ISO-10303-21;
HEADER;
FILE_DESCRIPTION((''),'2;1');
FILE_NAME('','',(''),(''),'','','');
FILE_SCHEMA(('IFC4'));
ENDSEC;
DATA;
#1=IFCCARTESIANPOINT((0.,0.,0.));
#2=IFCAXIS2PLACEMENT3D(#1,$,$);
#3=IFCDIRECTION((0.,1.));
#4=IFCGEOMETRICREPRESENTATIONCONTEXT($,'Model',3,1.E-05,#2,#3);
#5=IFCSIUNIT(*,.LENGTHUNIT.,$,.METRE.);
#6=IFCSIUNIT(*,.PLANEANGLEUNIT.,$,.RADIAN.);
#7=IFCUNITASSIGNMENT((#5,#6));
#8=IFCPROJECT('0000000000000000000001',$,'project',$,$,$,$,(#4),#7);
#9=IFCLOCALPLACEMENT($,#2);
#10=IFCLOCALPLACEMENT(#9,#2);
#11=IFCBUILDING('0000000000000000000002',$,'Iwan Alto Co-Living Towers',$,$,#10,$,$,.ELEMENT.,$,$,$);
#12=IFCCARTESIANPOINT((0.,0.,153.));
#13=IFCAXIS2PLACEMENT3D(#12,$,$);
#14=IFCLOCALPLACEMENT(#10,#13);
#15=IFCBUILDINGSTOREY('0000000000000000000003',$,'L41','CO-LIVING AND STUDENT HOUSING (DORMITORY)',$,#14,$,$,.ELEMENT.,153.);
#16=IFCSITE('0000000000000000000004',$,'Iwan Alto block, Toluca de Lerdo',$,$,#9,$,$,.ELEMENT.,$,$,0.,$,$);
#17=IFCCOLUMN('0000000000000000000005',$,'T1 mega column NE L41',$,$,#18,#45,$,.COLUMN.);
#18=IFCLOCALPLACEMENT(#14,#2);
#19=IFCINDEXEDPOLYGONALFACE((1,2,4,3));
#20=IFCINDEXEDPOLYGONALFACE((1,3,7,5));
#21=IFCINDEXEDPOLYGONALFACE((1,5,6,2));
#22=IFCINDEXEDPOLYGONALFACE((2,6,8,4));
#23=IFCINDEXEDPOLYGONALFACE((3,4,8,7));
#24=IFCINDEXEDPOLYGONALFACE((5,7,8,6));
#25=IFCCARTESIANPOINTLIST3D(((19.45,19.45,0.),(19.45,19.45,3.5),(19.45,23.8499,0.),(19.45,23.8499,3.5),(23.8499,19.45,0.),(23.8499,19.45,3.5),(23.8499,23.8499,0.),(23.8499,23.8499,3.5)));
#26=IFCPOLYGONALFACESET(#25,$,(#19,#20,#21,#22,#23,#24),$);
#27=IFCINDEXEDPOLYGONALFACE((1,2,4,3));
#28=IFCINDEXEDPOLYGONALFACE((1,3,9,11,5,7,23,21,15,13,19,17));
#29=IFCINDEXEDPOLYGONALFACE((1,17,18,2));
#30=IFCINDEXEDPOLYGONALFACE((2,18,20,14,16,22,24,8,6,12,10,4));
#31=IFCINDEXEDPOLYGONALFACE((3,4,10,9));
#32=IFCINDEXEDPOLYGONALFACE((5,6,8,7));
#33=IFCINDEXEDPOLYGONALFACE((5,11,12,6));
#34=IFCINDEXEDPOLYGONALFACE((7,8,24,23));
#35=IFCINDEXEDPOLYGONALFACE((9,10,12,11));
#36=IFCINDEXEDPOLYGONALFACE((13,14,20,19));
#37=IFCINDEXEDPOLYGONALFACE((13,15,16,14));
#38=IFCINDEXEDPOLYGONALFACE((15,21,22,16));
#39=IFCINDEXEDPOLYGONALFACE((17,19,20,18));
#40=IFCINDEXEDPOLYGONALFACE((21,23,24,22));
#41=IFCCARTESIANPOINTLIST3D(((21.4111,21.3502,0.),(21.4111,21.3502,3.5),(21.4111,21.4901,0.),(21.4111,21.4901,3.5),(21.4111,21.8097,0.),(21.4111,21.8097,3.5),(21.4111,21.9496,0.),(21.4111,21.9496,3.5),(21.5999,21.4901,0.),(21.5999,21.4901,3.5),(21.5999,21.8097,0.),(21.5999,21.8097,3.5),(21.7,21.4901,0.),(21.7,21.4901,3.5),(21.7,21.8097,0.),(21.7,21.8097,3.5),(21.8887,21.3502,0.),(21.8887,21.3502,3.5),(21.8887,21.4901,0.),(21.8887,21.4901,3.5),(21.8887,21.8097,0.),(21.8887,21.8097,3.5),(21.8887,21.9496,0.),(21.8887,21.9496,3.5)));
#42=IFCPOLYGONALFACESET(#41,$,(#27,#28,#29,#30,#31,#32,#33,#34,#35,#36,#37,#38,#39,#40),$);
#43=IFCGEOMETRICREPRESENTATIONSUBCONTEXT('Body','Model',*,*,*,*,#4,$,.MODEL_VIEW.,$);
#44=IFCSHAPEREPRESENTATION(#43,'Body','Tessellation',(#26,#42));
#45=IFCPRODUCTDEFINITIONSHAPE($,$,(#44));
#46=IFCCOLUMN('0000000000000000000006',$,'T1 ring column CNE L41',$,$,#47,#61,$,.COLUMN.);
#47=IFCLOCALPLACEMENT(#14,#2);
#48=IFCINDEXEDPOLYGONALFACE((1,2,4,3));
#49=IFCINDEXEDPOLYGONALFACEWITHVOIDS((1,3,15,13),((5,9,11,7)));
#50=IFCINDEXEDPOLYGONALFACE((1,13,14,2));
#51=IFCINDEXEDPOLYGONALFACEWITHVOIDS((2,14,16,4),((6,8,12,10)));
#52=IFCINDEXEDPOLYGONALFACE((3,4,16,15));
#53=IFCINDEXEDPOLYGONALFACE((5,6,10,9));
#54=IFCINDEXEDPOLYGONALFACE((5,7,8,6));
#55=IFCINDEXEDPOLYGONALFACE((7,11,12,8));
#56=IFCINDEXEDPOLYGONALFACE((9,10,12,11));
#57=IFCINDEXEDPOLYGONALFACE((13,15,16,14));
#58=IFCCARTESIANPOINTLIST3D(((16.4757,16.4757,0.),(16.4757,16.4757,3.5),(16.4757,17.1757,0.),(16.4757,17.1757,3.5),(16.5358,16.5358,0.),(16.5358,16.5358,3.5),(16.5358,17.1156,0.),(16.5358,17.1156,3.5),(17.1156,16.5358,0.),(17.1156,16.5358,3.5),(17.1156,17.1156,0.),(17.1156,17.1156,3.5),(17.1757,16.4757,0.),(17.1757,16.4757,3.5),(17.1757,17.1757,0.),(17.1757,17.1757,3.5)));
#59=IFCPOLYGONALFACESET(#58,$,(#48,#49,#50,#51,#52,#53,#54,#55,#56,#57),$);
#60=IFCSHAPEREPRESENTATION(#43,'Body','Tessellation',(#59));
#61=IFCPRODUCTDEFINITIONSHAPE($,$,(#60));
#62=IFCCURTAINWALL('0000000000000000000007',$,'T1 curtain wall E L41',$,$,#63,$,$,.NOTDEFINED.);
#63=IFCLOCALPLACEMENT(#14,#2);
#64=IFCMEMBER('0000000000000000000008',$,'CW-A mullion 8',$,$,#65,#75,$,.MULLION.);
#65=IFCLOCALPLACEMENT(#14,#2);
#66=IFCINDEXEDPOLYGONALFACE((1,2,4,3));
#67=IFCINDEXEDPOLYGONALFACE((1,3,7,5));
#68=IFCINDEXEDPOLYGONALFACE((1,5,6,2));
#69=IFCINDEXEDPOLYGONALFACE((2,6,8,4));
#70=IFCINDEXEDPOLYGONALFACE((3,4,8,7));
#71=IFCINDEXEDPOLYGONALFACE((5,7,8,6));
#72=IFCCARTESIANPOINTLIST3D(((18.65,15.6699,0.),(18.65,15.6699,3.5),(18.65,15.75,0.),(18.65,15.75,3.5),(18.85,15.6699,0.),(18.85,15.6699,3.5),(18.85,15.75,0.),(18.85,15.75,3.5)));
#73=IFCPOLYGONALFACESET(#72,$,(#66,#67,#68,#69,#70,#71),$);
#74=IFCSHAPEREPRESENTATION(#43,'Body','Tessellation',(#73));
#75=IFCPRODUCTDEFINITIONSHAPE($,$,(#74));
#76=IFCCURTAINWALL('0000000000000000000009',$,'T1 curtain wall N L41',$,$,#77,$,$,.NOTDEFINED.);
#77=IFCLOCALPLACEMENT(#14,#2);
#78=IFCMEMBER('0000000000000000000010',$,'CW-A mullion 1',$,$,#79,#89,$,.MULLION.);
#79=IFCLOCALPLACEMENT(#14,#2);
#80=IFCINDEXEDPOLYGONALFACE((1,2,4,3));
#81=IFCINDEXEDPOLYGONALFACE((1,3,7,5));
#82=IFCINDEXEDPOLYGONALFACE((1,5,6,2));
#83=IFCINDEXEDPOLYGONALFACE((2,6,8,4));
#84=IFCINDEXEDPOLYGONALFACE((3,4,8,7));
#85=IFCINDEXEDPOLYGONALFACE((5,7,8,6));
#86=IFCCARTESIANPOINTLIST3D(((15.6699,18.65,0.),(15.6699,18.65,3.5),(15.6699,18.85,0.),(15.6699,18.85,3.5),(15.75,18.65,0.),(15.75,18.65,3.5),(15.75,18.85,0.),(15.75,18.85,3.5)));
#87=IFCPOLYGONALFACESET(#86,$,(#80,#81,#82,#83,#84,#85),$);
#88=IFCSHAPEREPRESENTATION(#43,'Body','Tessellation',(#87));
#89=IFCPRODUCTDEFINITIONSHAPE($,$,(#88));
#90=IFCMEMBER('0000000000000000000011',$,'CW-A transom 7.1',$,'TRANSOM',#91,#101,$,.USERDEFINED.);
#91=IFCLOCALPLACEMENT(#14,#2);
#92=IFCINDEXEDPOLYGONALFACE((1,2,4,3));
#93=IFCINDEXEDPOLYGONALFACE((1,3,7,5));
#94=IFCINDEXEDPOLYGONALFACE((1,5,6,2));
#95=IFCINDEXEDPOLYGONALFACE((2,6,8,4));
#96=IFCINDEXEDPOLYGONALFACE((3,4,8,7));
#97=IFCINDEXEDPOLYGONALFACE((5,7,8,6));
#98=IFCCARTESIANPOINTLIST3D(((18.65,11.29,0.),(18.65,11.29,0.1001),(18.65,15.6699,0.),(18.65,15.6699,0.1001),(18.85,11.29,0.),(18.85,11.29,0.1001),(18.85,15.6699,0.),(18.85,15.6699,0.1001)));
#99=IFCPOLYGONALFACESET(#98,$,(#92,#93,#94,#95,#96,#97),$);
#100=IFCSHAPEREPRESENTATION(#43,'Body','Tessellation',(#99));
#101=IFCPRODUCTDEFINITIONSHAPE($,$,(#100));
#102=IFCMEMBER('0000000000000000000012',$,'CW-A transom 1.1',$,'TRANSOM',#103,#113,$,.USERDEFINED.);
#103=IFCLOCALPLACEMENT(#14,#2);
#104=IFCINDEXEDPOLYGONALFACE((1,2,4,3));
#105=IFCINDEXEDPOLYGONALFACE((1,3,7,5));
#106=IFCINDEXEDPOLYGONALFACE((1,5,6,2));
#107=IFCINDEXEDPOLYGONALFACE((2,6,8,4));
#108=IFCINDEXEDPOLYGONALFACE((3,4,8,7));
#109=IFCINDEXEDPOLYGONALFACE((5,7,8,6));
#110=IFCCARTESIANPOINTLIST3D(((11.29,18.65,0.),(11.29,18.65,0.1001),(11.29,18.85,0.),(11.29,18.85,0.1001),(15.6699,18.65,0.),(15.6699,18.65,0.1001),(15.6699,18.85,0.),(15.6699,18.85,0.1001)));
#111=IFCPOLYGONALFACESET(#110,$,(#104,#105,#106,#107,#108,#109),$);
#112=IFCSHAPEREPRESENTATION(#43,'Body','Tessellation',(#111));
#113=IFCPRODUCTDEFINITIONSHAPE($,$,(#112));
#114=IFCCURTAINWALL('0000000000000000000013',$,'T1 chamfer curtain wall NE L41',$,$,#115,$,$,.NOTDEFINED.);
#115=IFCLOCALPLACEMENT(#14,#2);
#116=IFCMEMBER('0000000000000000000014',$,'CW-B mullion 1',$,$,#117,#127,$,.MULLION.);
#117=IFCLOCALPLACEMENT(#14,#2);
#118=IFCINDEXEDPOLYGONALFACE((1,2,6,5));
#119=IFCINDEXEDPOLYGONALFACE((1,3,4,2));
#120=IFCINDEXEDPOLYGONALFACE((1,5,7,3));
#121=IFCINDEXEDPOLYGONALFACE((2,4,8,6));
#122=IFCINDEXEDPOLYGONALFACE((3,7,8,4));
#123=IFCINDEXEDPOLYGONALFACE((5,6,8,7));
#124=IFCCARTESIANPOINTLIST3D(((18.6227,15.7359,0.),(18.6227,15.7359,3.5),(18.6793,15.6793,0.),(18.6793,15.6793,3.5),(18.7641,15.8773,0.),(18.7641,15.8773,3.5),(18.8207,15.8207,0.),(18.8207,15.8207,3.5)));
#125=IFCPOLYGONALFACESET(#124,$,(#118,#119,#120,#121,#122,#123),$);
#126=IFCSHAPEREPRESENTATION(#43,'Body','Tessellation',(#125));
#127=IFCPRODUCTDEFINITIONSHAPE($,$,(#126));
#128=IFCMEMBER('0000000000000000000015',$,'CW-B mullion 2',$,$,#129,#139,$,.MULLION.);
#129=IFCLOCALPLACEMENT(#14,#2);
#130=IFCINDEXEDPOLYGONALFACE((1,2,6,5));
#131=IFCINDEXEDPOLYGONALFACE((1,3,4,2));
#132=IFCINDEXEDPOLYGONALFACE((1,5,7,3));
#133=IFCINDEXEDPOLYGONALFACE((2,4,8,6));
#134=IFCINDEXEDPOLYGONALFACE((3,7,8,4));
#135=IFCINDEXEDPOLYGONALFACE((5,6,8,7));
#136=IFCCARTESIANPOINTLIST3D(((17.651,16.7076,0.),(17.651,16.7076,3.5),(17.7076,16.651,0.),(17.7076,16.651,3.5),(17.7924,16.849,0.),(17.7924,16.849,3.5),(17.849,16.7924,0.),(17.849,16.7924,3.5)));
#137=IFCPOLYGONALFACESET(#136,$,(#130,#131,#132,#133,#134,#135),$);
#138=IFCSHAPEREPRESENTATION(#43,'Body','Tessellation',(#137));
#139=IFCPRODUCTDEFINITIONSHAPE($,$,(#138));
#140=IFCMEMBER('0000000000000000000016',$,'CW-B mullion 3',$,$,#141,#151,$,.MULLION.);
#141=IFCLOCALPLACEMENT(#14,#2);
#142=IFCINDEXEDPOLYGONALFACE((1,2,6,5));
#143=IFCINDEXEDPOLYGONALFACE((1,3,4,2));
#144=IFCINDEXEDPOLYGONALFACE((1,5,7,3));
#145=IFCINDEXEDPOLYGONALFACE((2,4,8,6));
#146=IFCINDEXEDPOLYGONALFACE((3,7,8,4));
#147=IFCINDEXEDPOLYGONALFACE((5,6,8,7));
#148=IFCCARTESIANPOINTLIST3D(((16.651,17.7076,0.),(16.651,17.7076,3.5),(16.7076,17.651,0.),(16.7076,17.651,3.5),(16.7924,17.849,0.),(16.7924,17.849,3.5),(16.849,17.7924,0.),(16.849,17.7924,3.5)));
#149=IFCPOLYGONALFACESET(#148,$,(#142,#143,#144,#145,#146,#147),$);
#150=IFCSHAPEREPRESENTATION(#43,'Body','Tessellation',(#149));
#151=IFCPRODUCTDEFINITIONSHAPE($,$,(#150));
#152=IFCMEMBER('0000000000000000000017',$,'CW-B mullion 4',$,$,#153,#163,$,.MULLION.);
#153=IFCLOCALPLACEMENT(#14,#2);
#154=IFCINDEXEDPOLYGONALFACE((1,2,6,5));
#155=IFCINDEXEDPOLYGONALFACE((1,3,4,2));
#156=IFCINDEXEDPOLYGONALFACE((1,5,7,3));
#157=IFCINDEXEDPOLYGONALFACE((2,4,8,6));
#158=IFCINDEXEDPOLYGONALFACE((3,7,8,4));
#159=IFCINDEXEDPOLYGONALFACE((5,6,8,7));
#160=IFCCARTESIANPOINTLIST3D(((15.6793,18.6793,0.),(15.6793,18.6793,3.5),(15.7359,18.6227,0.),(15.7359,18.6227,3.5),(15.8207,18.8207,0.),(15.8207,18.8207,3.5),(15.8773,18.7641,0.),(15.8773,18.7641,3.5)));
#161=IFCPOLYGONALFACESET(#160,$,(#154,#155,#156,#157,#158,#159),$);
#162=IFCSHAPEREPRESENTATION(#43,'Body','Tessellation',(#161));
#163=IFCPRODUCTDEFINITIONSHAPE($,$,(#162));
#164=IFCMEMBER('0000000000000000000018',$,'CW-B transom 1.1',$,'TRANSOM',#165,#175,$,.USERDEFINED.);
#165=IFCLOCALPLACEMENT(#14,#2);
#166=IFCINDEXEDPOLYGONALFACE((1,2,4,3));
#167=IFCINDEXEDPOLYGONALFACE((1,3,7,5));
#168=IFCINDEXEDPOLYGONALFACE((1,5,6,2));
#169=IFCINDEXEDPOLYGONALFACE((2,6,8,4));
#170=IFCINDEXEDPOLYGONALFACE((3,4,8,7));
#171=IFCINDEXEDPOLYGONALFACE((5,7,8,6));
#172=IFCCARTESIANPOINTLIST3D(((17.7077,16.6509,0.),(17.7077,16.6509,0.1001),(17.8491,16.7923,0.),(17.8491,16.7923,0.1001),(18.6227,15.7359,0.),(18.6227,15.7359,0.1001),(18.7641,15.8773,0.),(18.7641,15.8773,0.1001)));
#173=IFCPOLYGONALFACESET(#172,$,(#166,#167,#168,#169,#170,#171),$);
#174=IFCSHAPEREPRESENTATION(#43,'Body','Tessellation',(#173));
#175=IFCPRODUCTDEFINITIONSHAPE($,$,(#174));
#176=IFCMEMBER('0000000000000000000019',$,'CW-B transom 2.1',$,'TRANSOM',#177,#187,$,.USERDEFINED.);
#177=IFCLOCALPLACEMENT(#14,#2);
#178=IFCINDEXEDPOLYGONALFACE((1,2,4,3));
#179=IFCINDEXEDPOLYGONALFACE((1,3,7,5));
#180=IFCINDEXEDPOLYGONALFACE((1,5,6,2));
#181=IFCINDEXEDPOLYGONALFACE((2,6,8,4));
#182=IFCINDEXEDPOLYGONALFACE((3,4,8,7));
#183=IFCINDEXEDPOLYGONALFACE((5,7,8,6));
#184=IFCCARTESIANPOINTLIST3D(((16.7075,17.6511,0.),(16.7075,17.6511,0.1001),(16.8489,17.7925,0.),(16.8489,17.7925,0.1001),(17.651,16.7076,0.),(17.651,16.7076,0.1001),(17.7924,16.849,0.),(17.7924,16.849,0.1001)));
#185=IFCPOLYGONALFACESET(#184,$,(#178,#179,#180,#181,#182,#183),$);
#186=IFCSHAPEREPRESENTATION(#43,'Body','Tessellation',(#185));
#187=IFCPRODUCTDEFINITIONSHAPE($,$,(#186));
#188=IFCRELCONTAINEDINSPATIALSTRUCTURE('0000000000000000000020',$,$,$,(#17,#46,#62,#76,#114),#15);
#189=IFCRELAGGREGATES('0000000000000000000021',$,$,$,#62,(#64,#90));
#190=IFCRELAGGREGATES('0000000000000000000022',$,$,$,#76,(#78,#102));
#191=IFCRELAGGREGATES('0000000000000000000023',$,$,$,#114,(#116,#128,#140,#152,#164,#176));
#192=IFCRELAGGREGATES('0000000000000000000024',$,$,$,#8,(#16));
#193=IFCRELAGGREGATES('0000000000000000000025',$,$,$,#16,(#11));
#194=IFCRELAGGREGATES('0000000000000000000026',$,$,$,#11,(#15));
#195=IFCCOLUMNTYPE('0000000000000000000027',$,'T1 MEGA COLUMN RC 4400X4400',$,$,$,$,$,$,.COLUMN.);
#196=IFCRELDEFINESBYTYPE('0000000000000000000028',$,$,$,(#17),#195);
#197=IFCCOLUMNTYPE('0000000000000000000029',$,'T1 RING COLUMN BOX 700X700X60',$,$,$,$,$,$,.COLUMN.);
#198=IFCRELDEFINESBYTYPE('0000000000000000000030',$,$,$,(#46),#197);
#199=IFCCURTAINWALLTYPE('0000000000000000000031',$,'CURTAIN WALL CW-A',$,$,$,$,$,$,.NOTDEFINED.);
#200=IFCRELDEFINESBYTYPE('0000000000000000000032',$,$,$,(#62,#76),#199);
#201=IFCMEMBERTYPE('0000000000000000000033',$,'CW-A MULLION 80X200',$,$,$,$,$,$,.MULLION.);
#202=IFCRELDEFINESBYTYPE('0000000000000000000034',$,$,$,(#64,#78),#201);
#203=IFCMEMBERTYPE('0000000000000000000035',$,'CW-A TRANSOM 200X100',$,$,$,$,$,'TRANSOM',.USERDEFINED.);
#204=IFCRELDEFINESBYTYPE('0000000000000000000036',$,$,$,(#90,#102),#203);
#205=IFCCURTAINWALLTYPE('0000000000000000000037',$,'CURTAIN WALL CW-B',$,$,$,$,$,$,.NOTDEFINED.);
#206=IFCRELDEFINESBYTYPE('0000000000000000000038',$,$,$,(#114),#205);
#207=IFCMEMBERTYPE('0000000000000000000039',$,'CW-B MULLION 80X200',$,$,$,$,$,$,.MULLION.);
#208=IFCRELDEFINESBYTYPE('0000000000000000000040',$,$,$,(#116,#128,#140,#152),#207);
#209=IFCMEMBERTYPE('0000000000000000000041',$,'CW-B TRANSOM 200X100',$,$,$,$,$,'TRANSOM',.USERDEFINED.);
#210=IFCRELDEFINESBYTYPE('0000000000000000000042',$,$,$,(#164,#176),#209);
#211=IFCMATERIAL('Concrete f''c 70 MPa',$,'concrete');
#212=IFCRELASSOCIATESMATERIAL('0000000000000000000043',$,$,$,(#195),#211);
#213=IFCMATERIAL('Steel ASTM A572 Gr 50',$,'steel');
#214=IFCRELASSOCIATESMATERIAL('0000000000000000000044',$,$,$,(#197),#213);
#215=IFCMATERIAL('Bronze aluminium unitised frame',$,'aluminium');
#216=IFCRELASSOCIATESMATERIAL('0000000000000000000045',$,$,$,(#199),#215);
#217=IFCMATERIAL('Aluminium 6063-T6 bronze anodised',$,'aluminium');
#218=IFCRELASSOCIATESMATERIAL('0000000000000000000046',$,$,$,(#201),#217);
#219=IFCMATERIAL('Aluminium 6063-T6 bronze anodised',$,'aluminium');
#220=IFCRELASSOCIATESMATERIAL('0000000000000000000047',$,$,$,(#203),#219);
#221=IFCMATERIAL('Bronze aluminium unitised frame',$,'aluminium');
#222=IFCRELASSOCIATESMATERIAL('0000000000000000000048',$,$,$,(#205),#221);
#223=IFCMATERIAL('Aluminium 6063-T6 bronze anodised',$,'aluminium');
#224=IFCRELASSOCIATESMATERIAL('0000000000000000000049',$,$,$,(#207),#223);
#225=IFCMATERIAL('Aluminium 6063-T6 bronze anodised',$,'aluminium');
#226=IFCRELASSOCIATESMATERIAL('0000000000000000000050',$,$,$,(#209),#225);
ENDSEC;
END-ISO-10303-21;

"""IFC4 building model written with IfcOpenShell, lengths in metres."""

from ifc_helpers import new_model, si_unit, direction, frame, origin, origin_2d, place, context, subcontext, project, spatial, rectangle, hollow_rectangle, i_section, extrude, material, material_profile, profile_set, type_object, element, aggregate, save


model = new_model("IFC4")

# Units and contexts
model_context = context("Model", 3, precision=1e-05, world=origin(), true_north=direction((0.0, 1.0)))
body_context = subcontext(model_context, "Body", "Model", "MODEL_VIEW")
ifc_project = project(units=[si_unit("LENGTHUNIT", "METRE"), si_unit("PLANEANGLEUNIT", "RADIAN")], contexts=[model_context])

# Site, building, storey
site_placement = place(None, origin())
site = spatial("IfcSite", under=ifc_project, at=site_placement, Name="Iwan Alto block, Toluca de Lerdo", CompositionType="ELEMENT", RefElevation=0.0)
building_placement = place(site_placement, origin())
building = spatial("IfcBuilding", under=site, at=building_placement, Name="Iwan Alto Co-Living Towers", CompositionType="ELEMENT")
storey_placement = place(building_placement, frame((0.0, 0.0, 153.0)))
storey = spatial("IfcBuildingStorey", under=building, at=storey_placement, Name="L41", Description="CO-LIVING AND STUDENT HOUSING (DORMITORY)", CompositionType="ELEMENT", Elevation=153.0)

# Columns
ifc_material_1 = material(Name="Concrete f'c 70 MPa", Category="concrete")
ifc_material_profile_1 = material_profile(ifc_material_1, rectangle(XDim=4.3999, YDim=4.3999, at=origin_2d()), Name="RC 4400X4400")
ifc_profile_set_1 = profile_set([ifc_material_profile_1], Name="Concrete f'c 70 MPa")
column_type_1 = type_object("IfcColumnType", Name="T1 MEGA COLUMN RC 4400X4400", PredefinedType="COLUMN", material=ifc_profile_set_1)
column_1_placement = place(storey_placement, frame((21.6499, 21.6499, 0.0), z_axis=(0.0, 0.0, 1.0), x_axis=(1.0, 0.0, 0.0)))
element("IfcColumn", 1, at=column_1_placement, inside=storey, type_object=column_type_1, Name="T1 mega column NE L41", PredefinedType="COLUMN", context=body_context, shape_type="SweptSolid", body=[
    extrude(rectangle(XDim=4.3999, YDim=4.3999, at=origin_2d()), origin(), (0.0, 0.0, 1.0), 3.5),
    extrude(i_section(OverallWidth=0.4775, OverallDepth=0.5994, WebThickness=0.1001, FlangeThickness=0.1399, at=origin_2d()), origin(), (0.0, 0.0, 1.0), 3.5),
])
ifc_material_2 = material(Name="Steel ASTM A572 Gr 50", Category="steel")
ifc_material_profile_2 = material_profile(ifc_material_2, hollow_rectangle(XDim=0.7, YDim=0.7, WallThickness=0.0601, at=origin_2d()), Name="BOX 700X700X60")
ifc_profile_set_2 = profile_set([ifc_material_profile_2], Name="Steel ASTM A572 Gr 50")
column_type_2 = type_object("IfcColumnType", Name="T1 RING COLUMN BOX 700X700X60", PredefinedType="COLUMN", material=ifc_profile_set_2)
column_2_placement = place(storey_placement, frame((16.8257, 16.8257, 0.0), z_axis=(0.0, 0.0, 1.0), x_axis=(1.0, 0.0, 0.0)))
element("IfcColumn", 2, at=column_2_placement, inside=storey, type_object=column_type_2, Name="T1 ring column CNE L41", PredefinedType="COLUMN", context=body_context, shape_type="SweptSolid", body=[
    extrude(hollow_rectangle(XDim=0.7, YDim=0.7, WallThickness=0.0601, at=origin_2d()), origin(), (0.0, 0.0, 1.0), 3.5),
])

# Curtain walls, members
ifc_material_3 = material(Name="Bronze aluminium unitised frame", Category="aluminium")
curtain_wall_type_1 = type_object("IfcCurtainWallType", Name="CURTAIN WALL CW-A", PredefinedType="NOTDEFINED", material=ifc_material_3)
curtain_wall_1_placement = place(storey_placement, origin())
curtain_wall_1 = element("IfcCurtainWall", 3, at=curtain_wall_1_placement, inside=storey, type_object=curtain_wall_type_1, Name="T1 curtain wall E L41", PredefinedType="NOTDEFINED")
ifc_material_4 = material(Name="Aluminium 6063-T6 bronze anodised", Category="aluminium")
ifc_material_profile_3 = material_profile(ifc_material_4, rectangle(XDim=0.2, YDim=0.0801, at=origin_2d()), Name="AL 80X200")
ifc_profile_set_3 = profile_set([ifc_material_profile_3], Name="Aluminium 6063-T6 bronze anodised")
member_type_1 = type_object("IfcMemberType", Name="CW-A MULLION 80X200", PredefinedType="MULLION", material=ifc_profile_set_3)
member_1_placement = place(storey_placement, frame((18.75, 15.71, 0.0), z_axis=(0.0, 0.0, 1.0), x_axis=(-1.0, 0.0, 0.0)))
member_1 = element("IfcMember", 4, at=member_1_placement, type_object=member_type_1, Name="CW-A mullion 8", PredefinedType="MULLION", context=body_context, shape_type="SweptSolid", body=[
    extrude(rectangle(XDim=0.2, YDim=0.0801, at=origin_2d()), origin(), (0.0, 0.0, 1.0), 3.5),
])
curtain_wall_2_placement = place(storey_placement, origin())
curtain_wall_2 = element("IfcCurtainWall", 5, at=curtain_wall_2_placement, inside=storey, type_object=curtain_wall_type_1, Name="T1 curtain wall N L41", PredefinedType="NOTDEFINED")
member_2_placement = place(storey_placement, frame((15.71, 18.75, 0.0), z_axis=(0.0, 0.0, 1.0), x_axis=(0.0, -1.0, 0.0)))
member_2 = element("IfcMember", 6, at=member_2_placement, type_object=member_type_1, Name="CW-A mullion 1", PredefinedType="MULLION", context=body_context, shape_type="SweptSolid", body=[
    extrude(rectangle(XDim=0.2, YDim=0.0801, at=origin_2d()), origin(), (0.0, 0.0, 1.0), 3.5),
])

# Members
ifc_material_5 = material(Name="Aluminium 6063-T6 bronze anodised", Category="aluminium")
ifc_material_profile_4 = material_profile(ifc_material_5, rectangle(XDim=0.2, YDim=0.1001, at=origin_2d()), Name="AL 200X100")
ifc_profile_set_4 = profile_set([ifc_material_profile_4], Name="Aluminium 6063-T6 bronze anodised")
member_type_2 = type_object("IfcMemberType", Name="CW-A TRANSOM 200X100", ElementType="TRANSOM", PredefinedType="USERDEFINED", material=ifc_profile_set_4)
member_3_placement = place(storey_placement, frame((18.75, 11.29, 0.05), z_axis=(0.0, 1.0, 0.0), x_axis=(-1.0, 0.0, 0.0)))
member_3 = element("IfcMember", 7, at=member_3_placement, type_object=member_type_2, Name="CW-A transom 7.1", ObjectType="TRANSOM", PredefinedType="USERDEFINED", context=body_context, shape_type="SweptSolid", body=[
    extrude(rectangle(XDim=0.2, YDim=0.1001, at=origin_2d()), origin(), (0.0, 0.0, 1.0), 4.3799),
])
member_4_placement = place(storey_placement, frame((15.6699, 18.75, 0.05), z_axis=(-1.0, 0.0, 0.0), x_axis=(0.0, -1.0, 0.0)))
member_4 = element("IfcMember", 8, at=member_4_placement, type_object=member_type_2, Name="CW-A transom 1.1", ObjectType="TRANSOM", PredefinedType="USERDEFINED", context=body_context, shape_type="SweptSolid", body=[
    extrude(rectangle(XDim=0.2, YDim=0.1001, at=origin_2d()), origin(), (0.0, 0.0, 1.0), 4.3799),
])

# Curtain wall, members
ifc_material_6 = material(Name="Bronze aluminium unitised frame", Category="aluminium")
curtain_wall_type_2 = type_object("IfcCurtainWallType", Name="CURTAIN WALL CW-B", PredefinedType="NOTDEFINED", material=ifc_material_6)
curtain_wall_3_placement = place(storey_placement, origin())
curtain_wall_3 = element("IfcCurtainWall", 9, at=curtain_wall_3_placement, inside=storey, type_object=curtain_wall_type_2, Name="T1 chamfer curtain wall NE L41", PredefinedType="NOTDEFINED")
ifc_material_7 = material(Name="Aluminium 6063-T6 bronze anodised", Category="aluminium")
ifc_material_profile_5 = material_profile(ifc_material_7, rectangle(XDim=0.2, YDim=0.0801, at=origin_2d()), Name="AL 80X200")
ifc_profile_set_5 = profile_set([ifc_material_profile_5], Name="Aluminium 6063-T6 bronze anodised")
member_type_3 = type_object("IfcMemberType", Name="CW-B MULLION 80X200", PredefinedType="MULLION", material=ifc_profile_set_5)
member_5_placement = place(storey_placement, frame((18.7217, 15.7783, 0.0), z_axis=(0.0, 0.0, 1.0), x_axis=(-0.707107, -0.707107, 0.0)))
member_5 = element("IfcMember", 10, at=member_5_placement, type_object=member_type_3, Name="CW-B mullion 1", PredefinedType="MULLION", context=body_context, shape_type="SweptSolid", body=[
    extrude(rectangle(XDim=0.2, YDim=0.0801, at=origin_2d()), origin(), (0.0, 0.0, 1.0), 3.5),
])
member_6_placement = place(storey_placement, frame((17.75, 16.75, 0.0), z_axis=(0.0, 0.0, 1.0), x_axis=(-0.707107, -0.707107, 0.0)))
member_6 = element("IfcMember", 11, at=member_6_placement, type_object=member_type_3, Name="CW-B mullion 2", PredefinedType="MULLION", context=body_context, shape_type="SweptSolid", body=[
    extrude(rectangle(XDim=0.2, YDim=0.0801, at=origin_2d()), origin(), (0.0, 0.0, 1.0), 3.5),
])
member_7_placement = place(storey_placement, frame((16.75, 17.75, 0.0), z_axis=(0.0, 0.0, 1.0), x_axis=(-0.707107, -0.707107, 0.0)))
member_7 = element("IfcMember", 12, at=member_7_placement, type_object=member_type_3, Name="CW-B mullion 3", PredefinedType="MULLION", context=body_context, shape_type="SweptSolid", body=[
    extrude(rectangle(XDim=0.2, YDim=0.0801, at=origin_2d()), origin(), (0.0, 0.0, 1.0), 3.5),
])
member_8_placement = place(storey_placement, frame((15.7783, 18.7217, 0.0), z_axis=(0.0, 0.0, 1.0), x_axis=(-0.707107, -0.707107, 0.0)))
member_8 = element("IfcMember", 13, at=member_8_placement, type_object=member_type_3, Name="CW-B mullion 4", PredefinedType="MULLION", context=body_context, shape_type="SweptSolid", body=[
    extrude(rectangle(XDim=0.2, YDim=0.0801, at=origin_2d()), origin(), (0.0, 0.0, 1.0), 3.5),
])
ifc_material_8 = material(Name="Aluminium 6063-T6 bronze anodised", Category="aluminium")
ifc_material_profile_6 = material_profile(ifc_material_8, rectangle(XDim=0.2, YDim=0.1001, at=origin_2d()), Name="AL 200X100")
ifc_profile_set_6 = profile_set([ifc_material_profile_6], Name="Aluminium 6063-T6 bronze anodised")
member_type_4 = type_object("IfcMemberType", Name="CW-B TRANSOM 200X100", ElementType="TRANSOM", PredefinedType="USERDEFINED", material=ifc_profile_set_6)
member_9_placement = place(storey_placement, frame((18.6934, 15.8066, 0.05), z_axis=(-0.707107, 0.707107, 0.0), x_axis=(-0.707107, -0.707107, 0.0)))
member_9 = element("IfcMember", 14, at=member_9_placement, type_object=member_type_4, Name="CW-B transom 1.1", ObjectType="TRANSOM", PredefinedType="USERDEFINED", context=body_context, shape_type="SweptSolid", body=[
    extrude(rectangle(XDim=0.2, YDim=0.1001, at=origin_2d()), origin(), (0.0, 0.0, 1.0), 1.2939),
])
member_10_placement = place(storey_placement, frame((17.7217, 16.7783, 0.05), z_axis=(-0.707107, 0.707107, 0.0), x_axis=(-0.707107, -0.707107, 0.0)))
member_10 = element("IfcMember", 15, at=member_10_placement, type_object=member_type_4, Name="CW-B transom 2.1", ObjectType="TRANSOM", PredefinedType="USERDEFINED", context=body_context, shape_type="SweptSolid", body=[
    extrude(rectangle(XDim=0.2, YDim=0.1001, at=origin_2d()), origin(), (0.0, 0.0, 1.0), 1.3342),
])

aggregate(curtain_wall_1, [member_1, member_3])
aggregate(curtain_wall_2, [member_2, member_4])
aggregate(curtain_wall_3, [member_5, member_6, member_7, member_8, member_9, member_10])

save(model, "model.ifc")
